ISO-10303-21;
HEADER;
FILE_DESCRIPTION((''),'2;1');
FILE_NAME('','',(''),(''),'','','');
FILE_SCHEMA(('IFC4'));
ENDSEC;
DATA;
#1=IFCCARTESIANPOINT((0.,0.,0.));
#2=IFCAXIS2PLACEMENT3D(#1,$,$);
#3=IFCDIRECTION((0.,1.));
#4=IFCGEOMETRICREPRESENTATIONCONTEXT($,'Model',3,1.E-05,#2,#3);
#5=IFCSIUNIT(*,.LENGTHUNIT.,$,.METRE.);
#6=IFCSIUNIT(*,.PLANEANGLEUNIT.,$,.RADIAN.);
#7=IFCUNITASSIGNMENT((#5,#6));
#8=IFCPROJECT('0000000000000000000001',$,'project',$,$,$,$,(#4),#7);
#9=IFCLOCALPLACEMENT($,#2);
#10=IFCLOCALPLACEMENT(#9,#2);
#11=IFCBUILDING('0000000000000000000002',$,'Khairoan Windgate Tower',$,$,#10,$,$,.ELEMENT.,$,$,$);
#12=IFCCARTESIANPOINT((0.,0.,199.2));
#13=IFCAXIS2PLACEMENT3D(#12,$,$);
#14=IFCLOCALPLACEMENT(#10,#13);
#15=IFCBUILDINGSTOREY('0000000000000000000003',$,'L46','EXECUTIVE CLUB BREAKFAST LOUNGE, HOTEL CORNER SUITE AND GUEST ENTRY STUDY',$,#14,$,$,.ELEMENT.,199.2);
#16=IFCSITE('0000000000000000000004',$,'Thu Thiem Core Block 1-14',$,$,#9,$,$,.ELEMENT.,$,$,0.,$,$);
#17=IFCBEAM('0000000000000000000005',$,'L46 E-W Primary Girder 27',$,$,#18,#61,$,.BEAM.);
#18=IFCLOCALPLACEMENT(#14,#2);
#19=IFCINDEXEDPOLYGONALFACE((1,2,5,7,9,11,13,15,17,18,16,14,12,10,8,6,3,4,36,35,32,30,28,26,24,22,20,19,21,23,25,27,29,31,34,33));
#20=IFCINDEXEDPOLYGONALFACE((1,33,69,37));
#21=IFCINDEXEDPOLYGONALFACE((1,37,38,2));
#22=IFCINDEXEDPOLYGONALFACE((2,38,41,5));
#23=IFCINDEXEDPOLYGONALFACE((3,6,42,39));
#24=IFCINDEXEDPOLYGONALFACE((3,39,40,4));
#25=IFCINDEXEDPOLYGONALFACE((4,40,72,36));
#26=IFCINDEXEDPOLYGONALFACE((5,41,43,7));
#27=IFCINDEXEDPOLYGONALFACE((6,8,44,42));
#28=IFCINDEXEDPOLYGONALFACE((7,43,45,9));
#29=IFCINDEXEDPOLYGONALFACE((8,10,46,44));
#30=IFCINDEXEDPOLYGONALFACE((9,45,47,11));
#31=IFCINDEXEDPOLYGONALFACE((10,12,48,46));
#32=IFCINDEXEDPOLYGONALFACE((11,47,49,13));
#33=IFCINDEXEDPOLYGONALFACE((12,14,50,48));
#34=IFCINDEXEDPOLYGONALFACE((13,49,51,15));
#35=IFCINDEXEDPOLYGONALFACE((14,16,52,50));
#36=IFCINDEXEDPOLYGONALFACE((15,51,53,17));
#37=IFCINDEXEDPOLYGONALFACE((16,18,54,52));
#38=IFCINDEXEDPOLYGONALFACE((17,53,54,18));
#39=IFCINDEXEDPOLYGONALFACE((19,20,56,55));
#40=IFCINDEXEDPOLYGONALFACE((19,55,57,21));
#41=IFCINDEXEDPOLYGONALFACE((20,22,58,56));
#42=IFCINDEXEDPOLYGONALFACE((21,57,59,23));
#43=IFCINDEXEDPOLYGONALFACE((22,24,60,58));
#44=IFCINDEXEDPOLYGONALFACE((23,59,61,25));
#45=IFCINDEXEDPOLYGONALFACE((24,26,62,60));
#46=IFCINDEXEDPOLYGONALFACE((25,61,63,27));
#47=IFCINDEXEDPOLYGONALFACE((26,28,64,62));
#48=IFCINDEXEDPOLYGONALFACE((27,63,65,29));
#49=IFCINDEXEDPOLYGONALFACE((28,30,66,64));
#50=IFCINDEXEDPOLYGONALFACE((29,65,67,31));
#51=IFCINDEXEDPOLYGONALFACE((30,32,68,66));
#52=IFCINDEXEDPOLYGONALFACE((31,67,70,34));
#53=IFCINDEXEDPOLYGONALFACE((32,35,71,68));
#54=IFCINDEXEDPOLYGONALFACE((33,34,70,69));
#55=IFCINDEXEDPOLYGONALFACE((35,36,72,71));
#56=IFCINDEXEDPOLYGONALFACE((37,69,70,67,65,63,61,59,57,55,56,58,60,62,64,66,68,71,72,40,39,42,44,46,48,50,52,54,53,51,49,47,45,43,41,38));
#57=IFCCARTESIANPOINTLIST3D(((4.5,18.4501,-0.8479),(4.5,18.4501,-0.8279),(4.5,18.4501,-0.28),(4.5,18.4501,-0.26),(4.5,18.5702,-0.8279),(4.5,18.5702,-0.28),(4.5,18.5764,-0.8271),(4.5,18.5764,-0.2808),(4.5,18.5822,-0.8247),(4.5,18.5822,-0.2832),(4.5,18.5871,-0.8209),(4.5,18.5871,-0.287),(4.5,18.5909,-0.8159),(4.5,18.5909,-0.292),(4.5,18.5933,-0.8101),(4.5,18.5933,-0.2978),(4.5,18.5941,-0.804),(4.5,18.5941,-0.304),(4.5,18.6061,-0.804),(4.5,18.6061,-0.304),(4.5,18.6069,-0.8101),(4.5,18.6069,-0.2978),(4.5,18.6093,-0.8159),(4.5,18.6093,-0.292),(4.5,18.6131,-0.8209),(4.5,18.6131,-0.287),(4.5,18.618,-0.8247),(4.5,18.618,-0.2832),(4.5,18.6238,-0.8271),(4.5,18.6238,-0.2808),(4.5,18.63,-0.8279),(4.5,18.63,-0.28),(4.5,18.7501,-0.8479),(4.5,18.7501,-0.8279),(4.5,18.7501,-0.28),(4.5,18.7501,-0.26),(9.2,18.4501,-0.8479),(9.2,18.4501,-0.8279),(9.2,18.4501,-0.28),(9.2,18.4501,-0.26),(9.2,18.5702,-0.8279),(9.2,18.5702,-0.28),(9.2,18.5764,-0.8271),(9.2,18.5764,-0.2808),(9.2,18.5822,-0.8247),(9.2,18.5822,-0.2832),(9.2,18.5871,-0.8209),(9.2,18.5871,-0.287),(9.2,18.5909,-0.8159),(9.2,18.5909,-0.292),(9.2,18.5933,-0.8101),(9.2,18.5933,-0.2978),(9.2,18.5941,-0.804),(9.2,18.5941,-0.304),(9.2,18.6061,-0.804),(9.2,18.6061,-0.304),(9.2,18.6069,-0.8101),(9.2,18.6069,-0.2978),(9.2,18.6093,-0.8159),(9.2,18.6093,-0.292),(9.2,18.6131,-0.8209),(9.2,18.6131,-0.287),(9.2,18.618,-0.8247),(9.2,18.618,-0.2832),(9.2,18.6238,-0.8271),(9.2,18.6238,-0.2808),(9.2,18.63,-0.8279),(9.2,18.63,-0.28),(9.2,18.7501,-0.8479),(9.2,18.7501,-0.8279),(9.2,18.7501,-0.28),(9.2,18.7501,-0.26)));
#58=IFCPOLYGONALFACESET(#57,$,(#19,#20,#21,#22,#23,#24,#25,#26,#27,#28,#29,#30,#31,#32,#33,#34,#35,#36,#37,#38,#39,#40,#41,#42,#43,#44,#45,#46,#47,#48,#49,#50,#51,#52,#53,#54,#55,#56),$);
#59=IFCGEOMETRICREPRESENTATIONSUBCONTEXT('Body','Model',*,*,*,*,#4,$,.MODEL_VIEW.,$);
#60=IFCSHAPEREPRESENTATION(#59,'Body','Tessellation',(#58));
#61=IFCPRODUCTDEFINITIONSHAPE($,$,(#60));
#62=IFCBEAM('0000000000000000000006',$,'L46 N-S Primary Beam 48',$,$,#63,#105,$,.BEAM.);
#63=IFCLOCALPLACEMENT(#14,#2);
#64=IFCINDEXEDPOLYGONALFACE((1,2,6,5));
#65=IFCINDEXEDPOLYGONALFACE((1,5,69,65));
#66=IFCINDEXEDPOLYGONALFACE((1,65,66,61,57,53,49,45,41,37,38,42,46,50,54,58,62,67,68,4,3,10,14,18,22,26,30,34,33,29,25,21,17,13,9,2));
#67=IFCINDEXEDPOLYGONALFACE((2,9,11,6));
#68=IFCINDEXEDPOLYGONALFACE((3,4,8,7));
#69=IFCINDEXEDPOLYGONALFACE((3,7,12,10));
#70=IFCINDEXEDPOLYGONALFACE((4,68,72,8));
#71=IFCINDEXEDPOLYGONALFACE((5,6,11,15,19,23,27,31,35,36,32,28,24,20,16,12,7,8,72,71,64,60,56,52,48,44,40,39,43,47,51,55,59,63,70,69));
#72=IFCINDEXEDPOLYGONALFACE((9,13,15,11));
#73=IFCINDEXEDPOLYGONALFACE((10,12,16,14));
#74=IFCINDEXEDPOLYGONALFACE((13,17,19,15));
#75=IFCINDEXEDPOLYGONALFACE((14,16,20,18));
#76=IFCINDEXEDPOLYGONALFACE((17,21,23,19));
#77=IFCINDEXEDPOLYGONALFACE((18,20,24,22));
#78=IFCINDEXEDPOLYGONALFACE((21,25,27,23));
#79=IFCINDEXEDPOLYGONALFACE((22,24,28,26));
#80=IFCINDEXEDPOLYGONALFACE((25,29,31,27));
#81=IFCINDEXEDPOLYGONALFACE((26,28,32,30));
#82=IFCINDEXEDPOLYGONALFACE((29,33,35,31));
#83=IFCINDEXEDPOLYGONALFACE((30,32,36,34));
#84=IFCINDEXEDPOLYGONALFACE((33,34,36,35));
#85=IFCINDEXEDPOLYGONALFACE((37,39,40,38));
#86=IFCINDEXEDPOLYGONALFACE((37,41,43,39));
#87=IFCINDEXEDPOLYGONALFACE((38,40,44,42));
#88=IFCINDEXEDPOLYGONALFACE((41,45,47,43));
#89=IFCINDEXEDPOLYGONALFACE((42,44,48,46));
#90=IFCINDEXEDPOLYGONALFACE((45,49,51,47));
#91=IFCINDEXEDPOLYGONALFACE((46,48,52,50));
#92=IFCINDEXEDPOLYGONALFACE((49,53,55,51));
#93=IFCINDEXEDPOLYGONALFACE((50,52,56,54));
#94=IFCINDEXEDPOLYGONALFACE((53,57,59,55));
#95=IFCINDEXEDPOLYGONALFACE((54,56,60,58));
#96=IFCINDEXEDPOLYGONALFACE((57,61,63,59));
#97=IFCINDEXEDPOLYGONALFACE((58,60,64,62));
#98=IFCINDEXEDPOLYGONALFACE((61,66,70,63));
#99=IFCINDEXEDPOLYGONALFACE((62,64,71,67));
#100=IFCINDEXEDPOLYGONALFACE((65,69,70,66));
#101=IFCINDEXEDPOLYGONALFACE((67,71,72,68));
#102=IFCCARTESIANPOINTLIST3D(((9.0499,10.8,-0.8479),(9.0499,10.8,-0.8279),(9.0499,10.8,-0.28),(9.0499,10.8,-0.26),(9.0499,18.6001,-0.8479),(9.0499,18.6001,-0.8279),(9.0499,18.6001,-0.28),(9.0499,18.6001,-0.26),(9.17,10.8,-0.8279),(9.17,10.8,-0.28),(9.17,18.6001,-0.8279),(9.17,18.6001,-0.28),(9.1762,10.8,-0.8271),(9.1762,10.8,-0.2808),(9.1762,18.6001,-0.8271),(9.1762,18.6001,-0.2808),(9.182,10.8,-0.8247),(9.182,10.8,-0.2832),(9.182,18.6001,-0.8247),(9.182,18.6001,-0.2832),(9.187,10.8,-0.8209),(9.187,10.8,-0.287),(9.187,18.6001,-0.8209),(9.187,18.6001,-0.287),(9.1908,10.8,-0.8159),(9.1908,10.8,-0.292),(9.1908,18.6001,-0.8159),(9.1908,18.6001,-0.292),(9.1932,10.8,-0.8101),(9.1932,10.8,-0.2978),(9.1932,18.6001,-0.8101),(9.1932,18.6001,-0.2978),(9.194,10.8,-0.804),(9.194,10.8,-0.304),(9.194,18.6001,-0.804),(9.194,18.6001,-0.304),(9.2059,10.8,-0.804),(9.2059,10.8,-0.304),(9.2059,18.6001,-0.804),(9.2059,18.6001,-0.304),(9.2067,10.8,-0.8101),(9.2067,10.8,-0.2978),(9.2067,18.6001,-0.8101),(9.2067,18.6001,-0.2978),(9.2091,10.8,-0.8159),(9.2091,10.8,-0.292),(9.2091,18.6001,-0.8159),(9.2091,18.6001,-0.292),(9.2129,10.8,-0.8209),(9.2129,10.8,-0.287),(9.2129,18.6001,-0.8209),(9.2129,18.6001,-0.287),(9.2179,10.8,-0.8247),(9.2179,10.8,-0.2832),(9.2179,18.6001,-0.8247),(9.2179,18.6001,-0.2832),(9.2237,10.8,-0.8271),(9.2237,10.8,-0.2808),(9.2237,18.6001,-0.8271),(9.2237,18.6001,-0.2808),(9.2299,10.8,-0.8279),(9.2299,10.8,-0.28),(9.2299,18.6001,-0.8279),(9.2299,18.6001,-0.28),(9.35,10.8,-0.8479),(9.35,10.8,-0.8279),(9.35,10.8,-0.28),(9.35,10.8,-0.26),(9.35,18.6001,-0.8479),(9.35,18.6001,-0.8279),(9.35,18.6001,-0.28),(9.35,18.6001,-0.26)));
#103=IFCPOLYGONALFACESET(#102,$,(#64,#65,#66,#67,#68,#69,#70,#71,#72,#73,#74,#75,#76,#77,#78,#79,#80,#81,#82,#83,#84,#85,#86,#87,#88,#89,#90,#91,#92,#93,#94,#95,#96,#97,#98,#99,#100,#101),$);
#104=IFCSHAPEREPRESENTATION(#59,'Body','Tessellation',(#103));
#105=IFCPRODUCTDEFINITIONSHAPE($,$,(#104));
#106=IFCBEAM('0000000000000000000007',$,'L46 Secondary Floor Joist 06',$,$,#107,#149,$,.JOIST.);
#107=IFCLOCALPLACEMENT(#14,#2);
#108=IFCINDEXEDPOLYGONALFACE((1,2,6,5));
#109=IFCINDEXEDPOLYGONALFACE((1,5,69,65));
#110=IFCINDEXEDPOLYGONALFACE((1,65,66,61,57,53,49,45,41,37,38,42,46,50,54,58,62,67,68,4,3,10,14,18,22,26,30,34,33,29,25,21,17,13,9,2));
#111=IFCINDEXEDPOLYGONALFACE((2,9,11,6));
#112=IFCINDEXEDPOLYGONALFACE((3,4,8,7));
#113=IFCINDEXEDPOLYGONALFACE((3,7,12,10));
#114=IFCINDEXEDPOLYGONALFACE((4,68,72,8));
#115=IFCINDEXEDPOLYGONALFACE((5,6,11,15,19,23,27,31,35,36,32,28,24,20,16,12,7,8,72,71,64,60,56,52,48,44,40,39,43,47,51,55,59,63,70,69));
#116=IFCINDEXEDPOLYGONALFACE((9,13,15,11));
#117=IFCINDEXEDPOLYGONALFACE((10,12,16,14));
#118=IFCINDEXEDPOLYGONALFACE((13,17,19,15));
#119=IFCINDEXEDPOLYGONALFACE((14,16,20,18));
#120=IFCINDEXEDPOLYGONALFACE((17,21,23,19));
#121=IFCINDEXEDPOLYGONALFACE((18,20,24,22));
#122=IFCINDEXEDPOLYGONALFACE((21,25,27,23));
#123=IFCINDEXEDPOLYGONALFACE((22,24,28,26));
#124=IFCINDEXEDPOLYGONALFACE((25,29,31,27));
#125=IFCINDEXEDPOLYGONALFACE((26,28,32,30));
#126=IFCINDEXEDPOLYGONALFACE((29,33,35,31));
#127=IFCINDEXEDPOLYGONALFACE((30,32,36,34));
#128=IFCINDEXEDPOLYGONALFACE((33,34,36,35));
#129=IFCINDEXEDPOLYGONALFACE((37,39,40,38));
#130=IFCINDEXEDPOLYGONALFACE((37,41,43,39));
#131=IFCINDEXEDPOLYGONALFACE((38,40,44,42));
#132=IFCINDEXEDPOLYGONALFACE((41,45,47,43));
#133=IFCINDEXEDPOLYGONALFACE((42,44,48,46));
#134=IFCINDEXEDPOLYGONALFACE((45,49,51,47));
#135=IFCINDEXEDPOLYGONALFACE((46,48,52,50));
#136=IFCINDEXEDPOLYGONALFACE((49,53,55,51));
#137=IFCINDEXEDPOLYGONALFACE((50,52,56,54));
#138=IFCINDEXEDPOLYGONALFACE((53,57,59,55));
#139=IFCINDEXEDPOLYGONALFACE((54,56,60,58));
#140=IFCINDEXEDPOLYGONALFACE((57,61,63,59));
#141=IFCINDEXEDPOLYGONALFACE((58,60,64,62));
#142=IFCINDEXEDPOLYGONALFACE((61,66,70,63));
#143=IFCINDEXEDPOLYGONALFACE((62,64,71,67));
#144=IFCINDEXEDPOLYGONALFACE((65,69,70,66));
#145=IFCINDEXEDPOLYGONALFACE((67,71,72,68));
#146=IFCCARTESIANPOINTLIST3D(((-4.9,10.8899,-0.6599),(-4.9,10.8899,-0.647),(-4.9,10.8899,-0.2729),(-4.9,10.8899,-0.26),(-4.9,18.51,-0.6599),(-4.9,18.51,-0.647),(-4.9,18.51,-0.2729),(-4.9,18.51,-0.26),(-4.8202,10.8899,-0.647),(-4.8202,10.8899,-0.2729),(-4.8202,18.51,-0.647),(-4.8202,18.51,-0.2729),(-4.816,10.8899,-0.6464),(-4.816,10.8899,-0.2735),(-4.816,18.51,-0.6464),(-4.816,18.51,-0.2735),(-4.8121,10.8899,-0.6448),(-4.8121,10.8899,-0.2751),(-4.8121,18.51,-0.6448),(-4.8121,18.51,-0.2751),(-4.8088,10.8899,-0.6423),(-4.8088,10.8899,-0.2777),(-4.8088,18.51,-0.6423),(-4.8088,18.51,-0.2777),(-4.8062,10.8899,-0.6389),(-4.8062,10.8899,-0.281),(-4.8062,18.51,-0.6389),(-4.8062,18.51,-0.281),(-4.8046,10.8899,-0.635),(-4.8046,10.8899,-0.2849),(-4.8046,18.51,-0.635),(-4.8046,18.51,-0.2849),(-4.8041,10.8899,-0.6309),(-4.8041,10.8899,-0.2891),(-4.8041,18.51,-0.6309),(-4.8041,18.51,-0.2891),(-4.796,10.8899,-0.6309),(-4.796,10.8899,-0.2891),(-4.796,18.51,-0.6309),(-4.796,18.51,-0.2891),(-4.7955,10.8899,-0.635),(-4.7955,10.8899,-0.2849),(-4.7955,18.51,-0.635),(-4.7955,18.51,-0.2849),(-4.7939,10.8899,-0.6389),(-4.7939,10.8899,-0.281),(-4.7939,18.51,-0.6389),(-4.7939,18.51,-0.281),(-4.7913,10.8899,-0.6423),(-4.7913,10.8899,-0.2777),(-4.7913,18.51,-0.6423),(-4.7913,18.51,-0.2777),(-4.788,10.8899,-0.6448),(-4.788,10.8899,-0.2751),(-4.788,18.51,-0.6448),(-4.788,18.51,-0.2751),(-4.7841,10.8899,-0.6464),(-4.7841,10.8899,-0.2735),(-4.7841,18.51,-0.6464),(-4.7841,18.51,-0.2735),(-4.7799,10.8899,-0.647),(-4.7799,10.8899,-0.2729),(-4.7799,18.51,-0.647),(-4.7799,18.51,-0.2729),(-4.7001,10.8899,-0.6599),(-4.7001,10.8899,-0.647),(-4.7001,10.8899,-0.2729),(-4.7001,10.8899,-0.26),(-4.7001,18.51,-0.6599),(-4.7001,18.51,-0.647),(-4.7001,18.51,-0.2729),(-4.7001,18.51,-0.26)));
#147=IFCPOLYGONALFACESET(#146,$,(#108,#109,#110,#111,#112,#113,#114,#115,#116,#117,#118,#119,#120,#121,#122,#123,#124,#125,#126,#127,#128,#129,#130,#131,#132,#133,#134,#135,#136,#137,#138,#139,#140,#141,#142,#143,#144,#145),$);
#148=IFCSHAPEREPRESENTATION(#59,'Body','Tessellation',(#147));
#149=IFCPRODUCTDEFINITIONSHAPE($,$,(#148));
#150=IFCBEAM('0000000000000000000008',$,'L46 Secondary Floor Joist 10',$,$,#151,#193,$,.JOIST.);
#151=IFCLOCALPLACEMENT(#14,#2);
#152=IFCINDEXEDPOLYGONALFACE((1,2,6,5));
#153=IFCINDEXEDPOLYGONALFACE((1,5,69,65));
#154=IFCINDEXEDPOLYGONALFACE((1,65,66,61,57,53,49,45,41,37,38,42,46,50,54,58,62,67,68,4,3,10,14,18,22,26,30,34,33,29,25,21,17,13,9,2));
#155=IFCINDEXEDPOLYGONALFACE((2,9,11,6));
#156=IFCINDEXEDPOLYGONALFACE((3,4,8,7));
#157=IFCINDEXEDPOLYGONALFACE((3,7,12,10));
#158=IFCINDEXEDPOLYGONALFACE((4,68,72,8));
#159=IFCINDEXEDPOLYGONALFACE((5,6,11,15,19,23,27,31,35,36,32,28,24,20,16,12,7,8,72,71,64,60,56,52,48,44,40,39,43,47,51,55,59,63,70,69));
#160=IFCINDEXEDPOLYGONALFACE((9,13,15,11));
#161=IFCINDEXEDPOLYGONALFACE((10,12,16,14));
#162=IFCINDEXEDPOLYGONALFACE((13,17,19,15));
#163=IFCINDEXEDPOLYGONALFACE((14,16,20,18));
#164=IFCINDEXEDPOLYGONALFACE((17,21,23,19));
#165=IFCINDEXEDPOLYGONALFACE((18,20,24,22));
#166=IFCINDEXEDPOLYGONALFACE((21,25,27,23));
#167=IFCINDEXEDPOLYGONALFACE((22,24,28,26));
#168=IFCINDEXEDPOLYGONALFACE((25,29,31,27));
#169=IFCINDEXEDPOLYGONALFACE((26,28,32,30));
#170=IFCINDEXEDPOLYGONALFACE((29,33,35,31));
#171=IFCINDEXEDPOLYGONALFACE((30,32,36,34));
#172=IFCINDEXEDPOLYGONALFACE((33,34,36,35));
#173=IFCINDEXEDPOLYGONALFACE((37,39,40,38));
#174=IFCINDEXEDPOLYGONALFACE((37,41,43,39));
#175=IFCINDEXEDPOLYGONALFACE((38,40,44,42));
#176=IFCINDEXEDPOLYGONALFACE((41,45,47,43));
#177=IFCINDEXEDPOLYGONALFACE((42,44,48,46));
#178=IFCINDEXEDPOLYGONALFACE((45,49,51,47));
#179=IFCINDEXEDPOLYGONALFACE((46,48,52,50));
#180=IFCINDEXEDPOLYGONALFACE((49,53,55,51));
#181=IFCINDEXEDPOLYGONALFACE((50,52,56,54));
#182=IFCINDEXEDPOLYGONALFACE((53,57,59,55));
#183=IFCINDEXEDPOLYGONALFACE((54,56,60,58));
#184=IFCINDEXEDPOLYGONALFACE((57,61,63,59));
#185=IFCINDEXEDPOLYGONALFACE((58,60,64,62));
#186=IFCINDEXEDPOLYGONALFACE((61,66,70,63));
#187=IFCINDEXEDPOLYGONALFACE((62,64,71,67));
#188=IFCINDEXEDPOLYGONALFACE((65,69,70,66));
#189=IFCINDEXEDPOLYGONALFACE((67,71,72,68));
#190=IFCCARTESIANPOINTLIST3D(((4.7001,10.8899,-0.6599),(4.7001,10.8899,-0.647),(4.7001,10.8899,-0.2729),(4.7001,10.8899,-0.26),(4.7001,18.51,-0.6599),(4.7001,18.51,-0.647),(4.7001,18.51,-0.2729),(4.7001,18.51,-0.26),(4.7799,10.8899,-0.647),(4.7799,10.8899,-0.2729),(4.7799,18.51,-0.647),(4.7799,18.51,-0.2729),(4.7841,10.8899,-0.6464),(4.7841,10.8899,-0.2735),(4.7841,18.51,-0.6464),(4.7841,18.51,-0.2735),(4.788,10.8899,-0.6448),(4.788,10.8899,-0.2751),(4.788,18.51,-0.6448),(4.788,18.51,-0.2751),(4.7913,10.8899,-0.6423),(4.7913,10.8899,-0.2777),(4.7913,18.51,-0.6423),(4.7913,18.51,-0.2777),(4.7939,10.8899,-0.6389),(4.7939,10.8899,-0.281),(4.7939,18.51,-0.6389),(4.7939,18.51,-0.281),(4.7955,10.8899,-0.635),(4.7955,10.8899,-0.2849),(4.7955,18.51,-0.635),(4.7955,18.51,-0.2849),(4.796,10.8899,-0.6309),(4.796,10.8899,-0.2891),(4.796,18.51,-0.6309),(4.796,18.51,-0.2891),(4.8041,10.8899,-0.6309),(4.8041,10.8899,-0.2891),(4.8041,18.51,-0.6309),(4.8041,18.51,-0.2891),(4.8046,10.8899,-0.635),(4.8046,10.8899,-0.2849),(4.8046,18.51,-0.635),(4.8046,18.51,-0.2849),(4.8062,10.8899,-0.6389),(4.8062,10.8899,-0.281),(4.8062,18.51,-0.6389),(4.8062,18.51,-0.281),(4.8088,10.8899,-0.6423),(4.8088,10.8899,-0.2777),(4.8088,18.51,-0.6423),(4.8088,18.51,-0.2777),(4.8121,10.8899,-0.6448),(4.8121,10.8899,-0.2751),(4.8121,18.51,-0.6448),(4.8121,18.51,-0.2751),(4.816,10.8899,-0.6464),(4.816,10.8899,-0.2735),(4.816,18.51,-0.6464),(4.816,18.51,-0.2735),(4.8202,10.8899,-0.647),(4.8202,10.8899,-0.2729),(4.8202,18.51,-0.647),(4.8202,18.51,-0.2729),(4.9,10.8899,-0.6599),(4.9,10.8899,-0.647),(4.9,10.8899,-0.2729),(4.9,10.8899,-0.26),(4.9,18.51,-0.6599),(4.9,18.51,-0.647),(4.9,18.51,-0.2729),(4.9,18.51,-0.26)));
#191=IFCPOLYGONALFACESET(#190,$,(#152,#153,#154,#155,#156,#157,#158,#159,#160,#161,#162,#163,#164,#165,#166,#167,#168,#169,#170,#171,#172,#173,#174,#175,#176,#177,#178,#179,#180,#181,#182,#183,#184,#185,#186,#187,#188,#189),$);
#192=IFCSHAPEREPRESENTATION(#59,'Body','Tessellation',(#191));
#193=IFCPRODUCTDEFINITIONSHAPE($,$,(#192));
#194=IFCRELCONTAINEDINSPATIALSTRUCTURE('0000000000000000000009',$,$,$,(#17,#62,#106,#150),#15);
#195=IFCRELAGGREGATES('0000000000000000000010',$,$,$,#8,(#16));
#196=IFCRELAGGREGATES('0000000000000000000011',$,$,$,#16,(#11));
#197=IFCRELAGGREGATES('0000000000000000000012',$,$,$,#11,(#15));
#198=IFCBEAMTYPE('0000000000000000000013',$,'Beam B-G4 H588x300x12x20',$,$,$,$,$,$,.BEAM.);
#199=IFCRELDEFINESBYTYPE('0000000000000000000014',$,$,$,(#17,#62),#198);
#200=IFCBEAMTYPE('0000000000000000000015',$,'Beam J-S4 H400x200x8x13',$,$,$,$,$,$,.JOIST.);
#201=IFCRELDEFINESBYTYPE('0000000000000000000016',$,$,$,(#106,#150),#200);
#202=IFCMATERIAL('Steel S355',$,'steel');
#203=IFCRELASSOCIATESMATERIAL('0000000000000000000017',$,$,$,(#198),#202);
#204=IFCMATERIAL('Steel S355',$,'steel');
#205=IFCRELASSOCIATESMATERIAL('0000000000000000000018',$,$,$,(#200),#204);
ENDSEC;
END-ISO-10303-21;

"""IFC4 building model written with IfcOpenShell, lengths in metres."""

from ifc_helpers import new_model, si_unit, direction, frame, origin, origin_2d, place, context, subcontext, project, spatial, i_section, extrude, material, material_profile, profile_set, type_object, element, save


model = new_model("IFC4")

# Units and contexts
model_context = context("Model", 3, precision=1e-05, world=origin(), true_north=direction((0.0, 1.0)))
body_context = subcontext(model_context, "Body", "Model", "MODEL_VIEW")
ifc_project = project(units=[si_unit("LENGTHUNIT", "METRE"), si_unit("PLANEANGLEUNIT", "RADIAN")], contexts=[model_context])

# Site, building, storey
site_placement = place(None, origin())
site = spatial("IfcSite", under=ifc_project, at=site_placement, Name="Thu Thiem Core Block 1-14", CompositionType="ELEMENT", RefElevation=0.0)
building_placement = place(site_placement, origin())
building = spatial("IfcBuilding", under=site, at=building_placement, Name="Khairoan Windgate Tower", CompositionType="ELEMENT")
storey_placement = place(building_placement, frame((0.0, 0.0, 199.2)))
storey = spatial("IfcBuildingStorey", under=building, at=storey_placement, Name="L46", Description="EXECUTIVE CLUB BREAKFAST LOUNGE, HOTEL CORNER SUITE AND GUEST ENTRY STUDY", CompositionType="ELEMENT", Elevation=199.2)

# Beams
ifc_material_1 = material(Name="Steel S355", Category="steel")
ifc_material_profile_1 = material_profile(ifc_material_1, i_section(OverallWidth=0.3, OverallDepth=0.5879, WebThickness=0.012, FlangeThickness=0.02, FilletRadius=0.0239, at=origin_2d()))
ifc_profile_set_1 = profile_set([ifc_material_profile_1], Name="Steel S355")
beam_type_1 = type_object("IfcBeamType", Name="Beam B-G4 H588x300x12x20", PredefinedType="BEAM", material=ifc_profile_set_1)
beam_1_placement = place(storey_placement, frame((4.5, 18.6001, -0.554), z_axis=(1.0, 0.0, 0.0), x_axis=(0.0, 1.0, 0.0)))
element("IfcBeam", 1, at=beam_1_placement, inside=storey, type_object=beam_type_1, Name="L46 E-W Primary Girder 27", PredefinedType="BEAM", context=body_context, shape_type="SweptSolid", body=[
    extrude(i_section(OverallWidth=0.3, OverallDepth=0.5879, WebThickness=0.012, FlangeThickness=0.02, FilletRadius=0.0239, at=origin_2d()), origin(), (0.0, 0.0, 1.0), 4.7),
])
beam_2_placement = place(storey_placement, frame((9.2, 10.8, -0.554), z_axis=(0.0, 1.0, 0.0), x_axis=(-1.0, 0.0, 0.0)))
element("IfcBeam", 2, at=beam_2_placement, inside=storey, type_object=beam_type_1, Name="L46 N-S Primary Beam 48", PredefinedType="BEAM", context=body_context, shape_type="SweptSolid", body=[
    extrude(i_section(OverallWidth=0.3, OverallDepth=0.5879, WebThickness=0.012, FlangeThickness=0.02, FilletRadius=0.0239, at=origin_2d()), origin(), (0.0, 0.0, 1.0), 7.8),
])
ifc_material_2 = material(Name="Steel S355", Category="steel")
ifc_material_profile_2 = material_profile(ifc_material_2, i_section(OverallWidth=0.2, OverallDepth=0.3999, WebThickness=0.0081, FlangeThickness=0.0129, FilletRadius=0.0161, at=origin_2d()))
ifc_profile_set_2 = profile_set([ifc_material_profile_2], Name="Steel S355")
beam_type_2 = type_object("IfcBeamType", Name="Beam J-S4 H400x200x8x13", PredefinedType="JOIST", material=ifc_profile_set_2)
for number, where, z_axis, x_axis, name in (
    (3, (-4.8, 10.8899, -0.46), (0.0, 1.0, 0.0), (-1.0, 0.0, 0.0), "L46 Secondary Floor Joist 06"),
    (4, (4.8, 10.8899, -0.46), (0.0, 1.0, 0.0), (-1.0, 0.0, 0.0), "L46 Secondary Floor Joist 10"),
):
    element("IfcBeam", number, at=place(storey_placement, frame(where, z_axis=z_axis, x_axis=x_axis)), inside=storey, type_object=beam_type_2, Name=name, PredefinedType="JOIST", context=body_context, shape_type="SweptSolid", body=[
        extrude(i_section(OverallWidth=0.2, OverallDepth=0.3999, WebThickness=0.0081, FlangeThickness=0.0129, FilletRadius=0.0161, at=origin_2d()), origin(), (0.0, 0.0, 1.0), 7.6201),
    ])

save(model, "model.ifc")
